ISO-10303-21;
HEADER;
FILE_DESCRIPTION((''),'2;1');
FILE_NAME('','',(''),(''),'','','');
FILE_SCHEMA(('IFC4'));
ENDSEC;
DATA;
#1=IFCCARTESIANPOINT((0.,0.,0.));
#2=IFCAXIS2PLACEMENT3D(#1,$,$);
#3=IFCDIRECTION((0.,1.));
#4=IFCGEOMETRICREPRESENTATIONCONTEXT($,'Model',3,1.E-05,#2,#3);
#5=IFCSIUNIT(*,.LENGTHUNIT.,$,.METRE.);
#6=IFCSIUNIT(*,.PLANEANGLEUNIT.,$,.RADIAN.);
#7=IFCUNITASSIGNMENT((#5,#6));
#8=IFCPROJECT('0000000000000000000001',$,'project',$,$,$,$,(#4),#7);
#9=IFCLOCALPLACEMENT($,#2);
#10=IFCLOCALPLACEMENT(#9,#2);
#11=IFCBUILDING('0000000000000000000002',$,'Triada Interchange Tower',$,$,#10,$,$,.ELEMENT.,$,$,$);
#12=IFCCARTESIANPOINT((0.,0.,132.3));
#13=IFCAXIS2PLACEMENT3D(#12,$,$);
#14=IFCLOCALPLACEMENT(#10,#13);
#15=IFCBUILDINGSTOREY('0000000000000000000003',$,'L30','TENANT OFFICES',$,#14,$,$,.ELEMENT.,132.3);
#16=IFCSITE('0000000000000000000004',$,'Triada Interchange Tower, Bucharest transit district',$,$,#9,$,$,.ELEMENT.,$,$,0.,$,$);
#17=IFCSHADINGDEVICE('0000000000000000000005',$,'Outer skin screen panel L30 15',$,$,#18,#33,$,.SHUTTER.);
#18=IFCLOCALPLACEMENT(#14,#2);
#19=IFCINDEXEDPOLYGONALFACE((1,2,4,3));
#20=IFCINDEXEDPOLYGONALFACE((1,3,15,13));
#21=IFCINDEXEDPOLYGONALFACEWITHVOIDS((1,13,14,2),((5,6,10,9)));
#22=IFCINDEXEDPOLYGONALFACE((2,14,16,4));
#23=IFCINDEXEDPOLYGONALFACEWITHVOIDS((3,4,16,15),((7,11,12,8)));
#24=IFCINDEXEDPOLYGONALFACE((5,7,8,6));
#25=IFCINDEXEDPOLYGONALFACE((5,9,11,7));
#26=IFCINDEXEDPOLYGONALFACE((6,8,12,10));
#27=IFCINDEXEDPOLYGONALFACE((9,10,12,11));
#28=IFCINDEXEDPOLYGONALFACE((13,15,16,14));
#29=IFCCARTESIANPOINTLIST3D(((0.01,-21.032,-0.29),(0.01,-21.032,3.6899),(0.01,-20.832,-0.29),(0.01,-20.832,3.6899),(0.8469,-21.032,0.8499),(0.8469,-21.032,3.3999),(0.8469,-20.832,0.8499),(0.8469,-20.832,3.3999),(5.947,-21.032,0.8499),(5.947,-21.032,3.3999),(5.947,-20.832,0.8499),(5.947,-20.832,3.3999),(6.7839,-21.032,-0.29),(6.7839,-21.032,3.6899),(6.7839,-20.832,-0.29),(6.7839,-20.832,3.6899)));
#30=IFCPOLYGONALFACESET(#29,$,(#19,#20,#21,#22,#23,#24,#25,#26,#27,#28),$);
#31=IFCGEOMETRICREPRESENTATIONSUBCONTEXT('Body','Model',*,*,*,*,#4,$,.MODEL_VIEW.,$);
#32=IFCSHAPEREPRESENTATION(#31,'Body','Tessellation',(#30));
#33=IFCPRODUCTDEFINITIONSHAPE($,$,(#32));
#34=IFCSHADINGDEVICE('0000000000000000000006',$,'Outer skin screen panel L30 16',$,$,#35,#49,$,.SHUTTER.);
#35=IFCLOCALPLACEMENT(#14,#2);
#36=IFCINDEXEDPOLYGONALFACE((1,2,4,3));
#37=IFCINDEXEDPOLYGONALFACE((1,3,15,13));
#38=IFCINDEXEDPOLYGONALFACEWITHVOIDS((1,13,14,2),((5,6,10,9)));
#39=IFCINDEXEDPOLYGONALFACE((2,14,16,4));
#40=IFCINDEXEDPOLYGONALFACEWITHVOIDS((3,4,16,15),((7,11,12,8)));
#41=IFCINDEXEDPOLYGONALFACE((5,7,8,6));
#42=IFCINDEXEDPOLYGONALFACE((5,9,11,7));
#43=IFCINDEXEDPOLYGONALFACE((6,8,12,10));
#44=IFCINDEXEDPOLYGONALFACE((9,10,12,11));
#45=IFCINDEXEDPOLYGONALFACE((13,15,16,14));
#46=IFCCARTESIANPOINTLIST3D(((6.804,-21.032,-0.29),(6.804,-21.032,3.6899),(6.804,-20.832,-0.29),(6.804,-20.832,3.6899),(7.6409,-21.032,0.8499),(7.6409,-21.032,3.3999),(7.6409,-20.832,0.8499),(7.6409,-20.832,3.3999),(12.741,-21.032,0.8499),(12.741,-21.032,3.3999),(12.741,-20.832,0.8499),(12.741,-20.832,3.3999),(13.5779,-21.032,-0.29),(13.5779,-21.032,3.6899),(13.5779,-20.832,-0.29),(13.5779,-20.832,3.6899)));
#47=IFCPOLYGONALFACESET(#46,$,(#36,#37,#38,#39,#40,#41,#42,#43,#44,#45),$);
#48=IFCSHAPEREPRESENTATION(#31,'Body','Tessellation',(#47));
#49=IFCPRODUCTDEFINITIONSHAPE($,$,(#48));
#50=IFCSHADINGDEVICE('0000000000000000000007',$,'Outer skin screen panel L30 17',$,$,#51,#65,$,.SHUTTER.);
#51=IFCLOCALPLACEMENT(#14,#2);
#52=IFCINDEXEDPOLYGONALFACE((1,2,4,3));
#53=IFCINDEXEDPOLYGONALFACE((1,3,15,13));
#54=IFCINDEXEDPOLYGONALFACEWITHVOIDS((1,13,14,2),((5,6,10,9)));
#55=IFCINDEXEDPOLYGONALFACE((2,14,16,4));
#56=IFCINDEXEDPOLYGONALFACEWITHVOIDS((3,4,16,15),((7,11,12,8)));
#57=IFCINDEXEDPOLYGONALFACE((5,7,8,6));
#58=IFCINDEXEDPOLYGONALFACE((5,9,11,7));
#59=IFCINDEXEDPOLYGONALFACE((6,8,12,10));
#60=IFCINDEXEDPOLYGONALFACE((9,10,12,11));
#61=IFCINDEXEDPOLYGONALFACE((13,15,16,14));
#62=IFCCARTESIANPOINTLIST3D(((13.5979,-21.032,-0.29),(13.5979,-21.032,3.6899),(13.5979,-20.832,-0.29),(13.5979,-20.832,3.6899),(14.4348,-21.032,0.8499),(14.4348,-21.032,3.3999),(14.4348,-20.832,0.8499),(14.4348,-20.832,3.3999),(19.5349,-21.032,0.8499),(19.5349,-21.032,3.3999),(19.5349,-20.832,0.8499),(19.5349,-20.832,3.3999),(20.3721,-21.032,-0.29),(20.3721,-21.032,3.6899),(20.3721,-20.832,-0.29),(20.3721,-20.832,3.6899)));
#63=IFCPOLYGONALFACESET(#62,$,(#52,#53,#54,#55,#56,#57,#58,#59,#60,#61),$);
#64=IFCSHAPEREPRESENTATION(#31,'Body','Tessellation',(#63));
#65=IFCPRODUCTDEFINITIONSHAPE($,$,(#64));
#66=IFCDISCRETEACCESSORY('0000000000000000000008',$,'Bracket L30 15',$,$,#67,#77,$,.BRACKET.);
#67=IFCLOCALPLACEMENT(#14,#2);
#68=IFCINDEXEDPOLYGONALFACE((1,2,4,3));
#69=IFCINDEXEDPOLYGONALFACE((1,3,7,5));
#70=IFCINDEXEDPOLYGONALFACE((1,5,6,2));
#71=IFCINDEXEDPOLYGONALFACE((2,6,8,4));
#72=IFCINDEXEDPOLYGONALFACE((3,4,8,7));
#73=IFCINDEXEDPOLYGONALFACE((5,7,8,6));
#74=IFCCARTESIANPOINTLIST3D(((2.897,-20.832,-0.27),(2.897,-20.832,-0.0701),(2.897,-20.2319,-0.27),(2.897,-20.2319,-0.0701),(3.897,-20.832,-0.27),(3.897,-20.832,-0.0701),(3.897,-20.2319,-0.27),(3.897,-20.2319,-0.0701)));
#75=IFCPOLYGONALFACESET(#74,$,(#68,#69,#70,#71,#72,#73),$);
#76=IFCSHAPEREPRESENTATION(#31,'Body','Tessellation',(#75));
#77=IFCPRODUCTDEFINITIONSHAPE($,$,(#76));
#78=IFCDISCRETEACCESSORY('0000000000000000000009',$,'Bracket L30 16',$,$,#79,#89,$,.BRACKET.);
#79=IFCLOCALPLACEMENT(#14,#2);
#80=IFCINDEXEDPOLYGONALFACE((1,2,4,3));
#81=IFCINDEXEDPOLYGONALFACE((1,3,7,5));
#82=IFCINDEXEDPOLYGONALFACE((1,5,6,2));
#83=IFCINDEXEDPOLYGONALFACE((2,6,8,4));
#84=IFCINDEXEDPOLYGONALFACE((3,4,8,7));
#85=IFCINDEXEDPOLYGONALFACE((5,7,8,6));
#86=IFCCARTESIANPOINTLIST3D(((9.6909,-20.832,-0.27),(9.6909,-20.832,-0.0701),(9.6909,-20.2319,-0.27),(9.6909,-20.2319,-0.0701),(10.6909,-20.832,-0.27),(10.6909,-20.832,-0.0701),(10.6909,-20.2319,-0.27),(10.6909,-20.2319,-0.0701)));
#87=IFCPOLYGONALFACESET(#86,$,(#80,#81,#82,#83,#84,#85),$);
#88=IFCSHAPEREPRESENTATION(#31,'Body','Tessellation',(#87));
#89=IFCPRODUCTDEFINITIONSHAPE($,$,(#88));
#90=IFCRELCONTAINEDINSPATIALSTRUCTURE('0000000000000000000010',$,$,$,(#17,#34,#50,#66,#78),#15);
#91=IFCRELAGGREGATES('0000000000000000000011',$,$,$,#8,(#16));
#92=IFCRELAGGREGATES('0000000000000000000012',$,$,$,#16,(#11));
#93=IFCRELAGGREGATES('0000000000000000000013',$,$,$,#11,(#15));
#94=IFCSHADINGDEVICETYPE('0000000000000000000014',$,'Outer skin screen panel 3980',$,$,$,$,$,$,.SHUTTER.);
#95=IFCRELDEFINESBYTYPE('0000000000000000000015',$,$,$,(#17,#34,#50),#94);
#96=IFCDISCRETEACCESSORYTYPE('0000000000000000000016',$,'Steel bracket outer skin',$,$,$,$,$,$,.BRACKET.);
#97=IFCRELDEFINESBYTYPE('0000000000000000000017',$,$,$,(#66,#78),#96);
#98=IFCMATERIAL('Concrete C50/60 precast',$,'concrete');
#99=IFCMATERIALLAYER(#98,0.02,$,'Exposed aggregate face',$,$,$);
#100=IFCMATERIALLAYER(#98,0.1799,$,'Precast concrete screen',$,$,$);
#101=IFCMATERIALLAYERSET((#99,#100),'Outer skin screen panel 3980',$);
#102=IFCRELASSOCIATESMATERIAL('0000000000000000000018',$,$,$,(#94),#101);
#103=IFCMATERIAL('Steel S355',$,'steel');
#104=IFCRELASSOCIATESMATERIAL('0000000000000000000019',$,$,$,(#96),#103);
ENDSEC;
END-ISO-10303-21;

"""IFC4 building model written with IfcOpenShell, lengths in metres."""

from ifc_helpers import new_model, si_unit, direction, frame, origin, origin_2d, place, context, subcontext, project, spatial, polyline, rectangle, outline, extrude, material, layer, layer_set, type_object, element, save


model = new_model("IFC4")

# Units and contexts
model_context = context("Model", 3, precision=1e-05, world=origin(), true_north=direction((0.0, 1.0)))
body_context = subcontext(model_context, "Body", "Model", "MODEL_VIEW")
ifc_project = project(units=[si_unit("LENGTHUNIT", "METRE"), si_unit("PLANEANGLEUNIT", "RADIAN")], contexts=[model_context])

# Site, building, storey
site_placement = place(None, origin())
site = spatial("IfcSite", under=ifc_project, at=site_placement, Name="Triada Interchange Tower, Bucharest transit district", CompositionType="ELEMENT", RefElevation=0.0)
building_placement = place(site_placement, origin())
building = spatial("IfcBuilding", under=site, at=building_placement, Name="Triada Interchange Tower", CompositionType="ELEMENT")
storey_placement = place(building_placement, frame((0.0, 0.0, 132.3)))
storey = spatial("IfcBuildingStorey", under=building, at=storey_placement, Name="L30", Description="TENANT OFFICES", CompositionType="ELEMENT", Elevation=132.3)

# Shading devices
ifc_material_1 = material(Name="Concrete C50/60 precast", Category="concrete")
ifc_layer_1 = layer(ifc_material_1, 0.02, Name="Exposed aggregate face")
ifc_layer_2 = layer(ifc_material_1, 0.1799, Name="Precast concrete screen")
ifc_layer_set_1 = layer_set([ifc_layer_1, ifc_layer_2], Name="Outer skin screen panel 3980")
shading_device_type = type_object("IfcShadingDeviceType", Name="Outer skin screen panel 3980", PredefinedType="SHUTTER", material=ifc_layer_set_1)
for number, where, z_axis, x_axis, name in (
    (1, (0.01, -20.832, -0.29), (0.0, 0.0, 1.0), (1.0, 0.0, 0.0), "Outer skin screen panel L30 15"),
    (2, (6.804, -20.832, -0.29), (0.0, 0.0, 1.0), (1.0, 0.0, 0.0), "Outer skin screen panel L30 16"),
):
    element("IfcShadingDevice", number, at=place(storey_placement, frame(where, z_axis=z_axis, x_axis=x_axis)), inside=storey, type_object=shading_device_type, Name=name, PredefinedType="SHUTTER", context=body_context, shape_type="SweptSolid", body=[
        extrude(outline(polyline([(0.0, 0.0), (6.7739, 0.0), (6.7739, 3.98), (0.0, 3.98), (0.0, 0.0)]), holes=[polyline([(0.8369, 1.1399), (0.8369, 3.6899), (5.937, 3.6899), (5.937, 1.1399), (0.8369, 1.1399)])]), frame((0.0, 0.0, 0.0), z_axis=(0.0, -1.0, 0.0), x_axis=(1.0, 0.0, 0.0)), (0.0, 0.0, 1.0), 0.2),
    ])
shading_device_placement = place(storey_placement, frame((13.5979, -20.832, -0.29), z_axis=(0.0, 0.0, 1.0), x_axis=(1.0, 0.0, 0.0)))
element("IfcShadingDevice", 3, at=shading_device_placement, inside=storey, type_object=shading_device_type, Name="Outer skin screen panel L30 17", PredefinedType="SHUTTER", context=body_context, shape_type="SweptSolid", body=[
    extrude(outline(polyline([(0.0, 0.0), (6.7742, 0.0), (6.7742, 3.98), (0.0, 3.98), (0.0, 0.0)]), holes=[polyline([(0.8369, 1.1399), (0.8369, 3.6899), (5.937, 3.6899), (5.937, 1.1399), (0.8369, 1.1399)])]), frame((0.0, 0.0, 0.0), z_axis=(0.0, -1.0, 0.0), x_axis=(1.0, 0.0, 0.0)), (0.0, 0.0, 1.0), 0.2),
])

# Discrete accessories
ifc_material_2 = material(Name="Steel S355", Category="steel")
discrete_accessory_type = type_object("IfcDiscreteAccessoryType", Name="Steel bracket outer skin", PredefinedType="BRACKET", material=ifc_material_2)
for number, where, z_axis, x_axis, name in (
    (4, (3.397, -20.532, -0.27), (0.0, 0.0, 1.0), (0.0, -1.0, 0.0), "Bracket L30 15"),
    (5, (10.1909, -20.532, -0.27), (0.0, 0.0, 1.0), (0.0, -1.0, 0.0), "Bracket L30 16"),
):
    element("IfcDiscreteAccessory", number, at=place(storey_placement, frame(where, z_axis=z_axis, x_axis=x_axis)), inside=storey, type_object=discrete_accessory_type, Name=name, PredefinedType="BRACKET", context=body_context, shape_type="SweptSolid", body=[
        extrude(rectangle(XDim=0.6001, YDim=1.0, at=origin_2d()), origin(), (0.0, 0.0, 1.0), 0.2),
    ])

save(model, "model.ifc")
